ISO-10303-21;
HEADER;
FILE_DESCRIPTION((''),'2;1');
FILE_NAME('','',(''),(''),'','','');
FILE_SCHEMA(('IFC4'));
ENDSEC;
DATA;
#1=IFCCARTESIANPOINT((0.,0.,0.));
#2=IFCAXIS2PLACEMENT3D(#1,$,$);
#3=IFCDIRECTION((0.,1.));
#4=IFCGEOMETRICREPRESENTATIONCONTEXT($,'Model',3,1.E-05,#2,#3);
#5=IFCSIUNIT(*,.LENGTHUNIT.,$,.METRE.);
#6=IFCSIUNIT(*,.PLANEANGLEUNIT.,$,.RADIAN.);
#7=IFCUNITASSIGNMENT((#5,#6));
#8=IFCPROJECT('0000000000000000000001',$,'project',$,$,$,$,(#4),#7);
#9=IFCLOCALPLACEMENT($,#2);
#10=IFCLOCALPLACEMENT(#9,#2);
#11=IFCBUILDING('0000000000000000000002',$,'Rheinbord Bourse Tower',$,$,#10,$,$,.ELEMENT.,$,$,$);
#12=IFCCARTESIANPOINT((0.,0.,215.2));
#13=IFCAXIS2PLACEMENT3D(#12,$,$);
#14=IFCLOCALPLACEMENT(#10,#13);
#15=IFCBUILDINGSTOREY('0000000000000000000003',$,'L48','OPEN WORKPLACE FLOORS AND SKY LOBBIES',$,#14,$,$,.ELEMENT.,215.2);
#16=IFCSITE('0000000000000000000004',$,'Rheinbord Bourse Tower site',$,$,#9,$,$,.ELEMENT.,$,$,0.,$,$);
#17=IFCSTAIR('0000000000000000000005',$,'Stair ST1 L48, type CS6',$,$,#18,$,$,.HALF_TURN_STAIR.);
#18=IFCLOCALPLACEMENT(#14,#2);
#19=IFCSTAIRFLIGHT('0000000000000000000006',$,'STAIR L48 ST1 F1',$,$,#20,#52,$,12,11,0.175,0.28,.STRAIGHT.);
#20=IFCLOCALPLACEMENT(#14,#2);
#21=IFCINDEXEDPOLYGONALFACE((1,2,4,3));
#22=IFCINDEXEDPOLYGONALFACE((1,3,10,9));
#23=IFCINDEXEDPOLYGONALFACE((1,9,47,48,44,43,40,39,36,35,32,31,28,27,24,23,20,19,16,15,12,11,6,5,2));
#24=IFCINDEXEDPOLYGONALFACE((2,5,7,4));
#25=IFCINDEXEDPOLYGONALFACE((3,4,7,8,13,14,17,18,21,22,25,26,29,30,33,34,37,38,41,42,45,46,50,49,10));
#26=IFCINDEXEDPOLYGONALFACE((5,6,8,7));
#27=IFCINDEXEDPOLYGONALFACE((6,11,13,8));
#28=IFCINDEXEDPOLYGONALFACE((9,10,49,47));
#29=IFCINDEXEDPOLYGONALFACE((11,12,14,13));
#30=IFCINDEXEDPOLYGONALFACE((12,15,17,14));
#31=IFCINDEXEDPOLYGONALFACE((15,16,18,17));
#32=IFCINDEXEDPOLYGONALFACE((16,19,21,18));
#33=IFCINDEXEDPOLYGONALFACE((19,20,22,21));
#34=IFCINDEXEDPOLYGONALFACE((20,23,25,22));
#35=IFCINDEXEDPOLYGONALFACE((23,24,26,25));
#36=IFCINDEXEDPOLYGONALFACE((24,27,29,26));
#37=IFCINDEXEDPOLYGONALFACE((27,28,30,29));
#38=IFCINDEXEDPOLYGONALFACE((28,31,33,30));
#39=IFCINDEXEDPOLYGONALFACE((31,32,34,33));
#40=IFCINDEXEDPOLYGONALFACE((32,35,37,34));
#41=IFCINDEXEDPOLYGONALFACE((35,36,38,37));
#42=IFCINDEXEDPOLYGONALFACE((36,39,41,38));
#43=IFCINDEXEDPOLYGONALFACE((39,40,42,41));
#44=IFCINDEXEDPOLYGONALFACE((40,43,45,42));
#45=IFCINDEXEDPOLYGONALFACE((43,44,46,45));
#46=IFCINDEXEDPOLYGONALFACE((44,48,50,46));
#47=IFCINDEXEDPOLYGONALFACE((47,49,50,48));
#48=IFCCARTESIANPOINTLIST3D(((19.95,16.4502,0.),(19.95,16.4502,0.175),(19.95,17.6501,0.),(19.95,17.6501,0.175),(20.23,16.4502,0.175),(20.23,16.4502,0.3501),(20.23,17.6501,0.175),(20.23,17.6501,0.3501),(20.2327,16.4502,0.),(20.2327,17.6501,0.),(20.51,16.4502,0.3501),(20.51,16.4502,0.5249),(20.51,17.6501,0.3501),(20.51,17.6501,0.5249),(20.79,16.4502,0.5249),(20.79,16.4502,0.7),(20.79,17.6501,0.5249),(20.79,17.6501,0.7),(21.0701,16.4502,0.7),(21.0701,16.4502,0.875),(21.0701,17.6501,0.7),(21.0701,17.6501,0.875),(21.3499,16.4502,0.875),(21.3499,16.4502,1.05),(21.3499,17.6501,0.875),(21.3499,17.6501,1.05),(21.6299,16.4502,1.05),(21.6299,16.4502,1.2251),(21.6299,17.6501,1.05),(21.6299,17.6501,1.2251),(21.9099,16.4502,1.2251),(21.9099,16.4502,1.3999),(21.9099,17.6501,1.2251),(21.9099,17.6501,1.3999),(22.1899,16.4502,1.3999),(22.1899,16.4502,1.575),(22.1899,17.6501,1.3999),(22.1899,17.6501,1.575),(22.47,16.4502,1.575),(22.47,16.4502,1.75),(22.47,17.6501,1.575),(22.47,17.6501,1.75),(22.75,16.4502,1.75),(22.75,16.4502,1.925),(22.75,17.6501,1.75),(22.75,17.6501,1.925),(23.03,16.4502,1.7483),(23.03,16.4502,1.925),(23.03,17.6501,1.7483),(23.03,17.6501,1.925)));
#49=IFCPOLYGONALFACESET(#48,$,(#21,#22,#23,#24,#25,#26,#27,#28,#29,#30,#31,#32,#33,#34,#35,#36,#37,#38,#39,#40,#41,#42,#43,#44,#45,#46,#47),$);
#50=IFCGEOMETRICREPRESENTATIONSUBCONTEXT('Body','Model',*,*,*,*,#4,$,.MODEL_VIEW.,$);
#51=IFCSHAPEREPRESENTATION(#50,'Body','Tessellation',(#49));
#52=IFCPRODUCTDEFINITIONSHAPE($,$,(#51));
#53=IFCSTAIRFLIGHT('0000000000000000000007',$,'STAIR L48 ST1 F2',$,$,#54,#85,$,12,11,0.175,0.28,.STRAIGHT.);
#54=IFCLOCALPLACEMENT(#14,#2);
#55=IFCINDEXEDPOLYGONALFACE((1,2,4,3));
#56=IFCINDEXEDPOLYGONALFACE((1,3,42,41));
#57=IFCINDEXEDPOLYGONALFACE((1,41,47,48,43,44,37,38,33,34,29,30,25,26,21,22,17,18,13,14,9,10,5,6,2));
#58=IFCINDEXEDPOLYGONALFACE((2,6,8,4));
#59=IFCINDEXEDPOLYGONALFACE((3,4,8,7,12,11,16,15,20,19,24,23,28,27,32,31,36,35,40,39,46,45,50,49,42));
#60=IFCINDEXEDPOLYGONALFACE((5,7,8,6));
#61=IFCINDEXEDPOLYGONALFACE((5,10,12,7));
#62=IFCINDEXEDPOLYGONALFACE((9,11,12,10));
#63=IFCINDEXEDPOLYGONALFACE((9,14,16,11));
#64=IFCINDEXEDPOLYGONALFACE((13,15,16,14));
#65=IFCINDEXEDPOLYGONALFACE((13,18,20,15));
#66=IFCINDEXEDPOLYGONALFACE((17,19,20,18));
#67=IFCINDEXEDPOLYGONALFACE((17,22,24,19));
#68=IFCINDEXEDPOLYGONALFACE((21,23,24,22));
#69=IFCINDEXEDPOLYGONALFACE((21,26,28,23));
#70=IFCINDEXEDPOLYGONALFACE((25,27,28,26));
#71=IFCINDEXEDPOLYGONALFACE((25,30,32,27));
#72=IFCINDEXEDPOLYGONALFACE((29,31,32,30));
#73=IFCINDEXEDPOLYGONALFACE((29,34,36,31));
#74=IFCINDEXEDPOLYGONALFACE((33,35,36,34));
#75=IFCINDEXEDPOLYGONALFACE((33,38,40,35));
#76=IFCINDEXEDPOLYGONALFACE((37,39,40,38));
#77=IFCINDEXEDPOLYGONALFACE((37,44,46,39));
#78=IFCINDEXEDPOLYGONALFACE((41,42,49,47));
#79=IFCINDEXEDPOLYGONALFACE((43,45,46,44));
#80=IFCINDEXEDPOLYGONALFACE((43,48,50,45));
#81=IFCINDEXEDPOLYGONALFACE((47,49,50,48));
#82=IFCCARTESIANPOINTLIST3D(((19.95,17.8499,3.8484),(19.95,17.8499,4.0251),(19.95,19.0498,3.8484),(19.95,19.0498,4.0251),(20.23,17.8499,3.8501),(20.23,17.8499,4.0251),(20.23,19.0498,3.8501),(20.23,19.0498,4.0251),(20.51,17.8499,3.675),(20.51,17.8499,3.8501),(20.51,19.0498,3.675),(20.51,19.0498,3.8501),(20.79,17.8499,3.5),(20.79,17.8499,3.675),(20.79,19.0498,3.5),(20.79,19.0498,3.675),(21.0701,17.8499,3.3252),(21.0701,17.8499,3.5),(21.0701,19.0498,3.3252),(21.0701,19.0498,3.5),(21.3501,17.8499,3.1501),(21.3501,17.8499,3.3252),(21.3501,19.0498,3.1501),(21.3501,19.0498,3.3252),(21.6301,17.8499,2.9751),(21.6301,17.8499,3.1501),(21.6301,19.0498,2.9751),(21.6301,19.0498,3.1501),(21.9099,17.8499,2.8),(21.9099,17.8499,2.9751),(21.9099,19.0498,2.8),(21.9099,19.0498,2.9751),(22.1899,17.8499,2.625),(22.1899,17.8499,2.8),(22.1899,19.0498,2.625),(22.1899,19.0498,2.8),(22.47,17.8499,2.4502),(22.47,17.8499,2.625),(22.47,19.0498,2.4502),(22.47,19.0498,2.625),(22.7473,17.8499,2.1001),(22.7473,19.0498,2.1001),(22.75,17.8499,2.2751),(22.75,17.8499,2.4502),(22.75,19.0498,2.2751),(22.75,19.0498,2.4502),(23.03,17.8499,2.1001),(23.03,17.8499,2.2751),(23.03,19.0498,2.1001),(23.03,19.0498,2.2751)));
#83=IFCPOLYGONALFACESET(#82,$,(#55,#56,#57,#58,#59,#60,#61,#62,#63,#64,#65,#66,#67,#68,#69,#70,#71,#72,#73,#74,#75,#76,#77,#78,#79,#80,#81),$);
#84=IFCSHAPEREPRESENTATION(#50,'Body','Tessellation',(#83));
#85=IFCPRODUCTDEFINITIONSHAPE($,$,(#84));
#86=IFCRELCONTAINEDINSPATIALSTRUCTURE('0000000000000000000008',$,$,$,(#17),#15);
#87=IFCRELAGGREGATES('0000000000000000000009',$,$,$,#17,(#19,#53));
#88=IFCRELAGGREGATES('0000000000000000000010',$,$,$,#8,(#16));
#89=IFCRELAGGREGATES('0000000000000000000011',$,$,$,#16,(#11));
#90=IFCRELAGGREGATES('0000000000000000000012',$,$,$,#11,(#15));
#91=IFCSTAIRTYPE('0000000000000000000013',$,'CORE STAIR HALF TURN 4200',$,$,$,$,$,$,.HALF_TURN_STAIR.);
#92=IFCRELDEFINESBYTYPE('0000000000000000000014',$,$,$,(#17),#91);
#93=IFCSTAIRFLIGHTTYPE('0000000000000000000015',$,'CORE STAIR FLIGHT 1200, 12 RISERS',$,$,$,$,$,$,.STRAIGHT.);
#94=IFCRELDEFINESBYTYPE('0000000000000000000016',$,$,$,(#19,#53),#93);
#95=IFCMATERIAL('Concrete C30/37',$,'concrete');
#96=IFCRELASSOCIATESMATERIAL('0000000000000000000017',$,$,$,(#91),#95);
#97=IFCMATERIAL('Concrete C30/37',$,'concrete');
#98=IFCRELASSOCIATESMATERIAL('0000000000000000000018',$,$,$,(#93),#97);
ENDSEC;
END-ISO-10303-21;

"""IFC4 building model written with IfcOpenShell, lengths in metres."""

from ifc_helpers import new_model, si_unit, direction, frame, origin, place, context, subcontext, project, spatial, polyline, outline, extrude, material, type_object, element, aggregate, save


model = new_model("IFC4")

# Units and contexts
model_context = context("Model", 3, precision=1e-05, world=origin(), true_north=direction((0.0, 1.0)))
body_context = subcontext(model_context, "Body", "Model", "MODEL_VIEW")
ifc_project = project(units=[si_unit("LENGTHUNIT", "METRE"), si_unit("PLANEANGLEUNIT", "RADIAN")], contexts=[model_context])

# Site, building, storey
site_placement = place(None, origin())
site = spatial("IfcSite", under=ifc_project, at=site_placement, Name="Rheinbord Bourse Tower site", CompositionType="ELEMENT", RefElevation=0.0)
building_placement = place(site_placement, origin())
building = spatial("IfcBuilding", under=site, at=building_placement, Name="Rheinbord Bourse Tower", CompositionType="ELEMENT")
storey_placement = place(building_placement, frame((0.0, 0.0, 215.2)))
storey = spatial("IfcBuildingStorey", under=building, at=storey_placement, Name="L48", Description="OPEN WORKPLACE FLOORS AND SKY LOBBIES", CompositionType="ELEMENT", Elevation=215.2)

# Stair, stair flights
ifc_material_1 = material(Name="Concrete C30/37", Category="concrete")
stair_type = type_object("IfcStairType", Name="CORE STAIR HALF TURN 4200", PredefinedType="HALF_TURN_STAIR", material=ifc_material_1)
stair_placement = place(storey_placement, origin())
stair = element("IfcStair", 1, at=stair_placement, inside=storey, type_object=stair_type, Name="Stair ST1 L48, type CS6", PredefinedType="HALF_TURN_STAIR")
ifc_material_2 = material(Name="Concrete C30/37", Category="concrete")
stair_flight_type = type_object("IfcStairFlightType", Name="CORE STAIR FLIGHT 1200, 12 RISERS", PredefinedType="STRAIGHT", material=ifc_material_2)
stair_flight_1_placement = place(storey_placement, frame((19.95, 17.05, 0.0), z_axis=(0.0, 0.0, 1.0), x_axis=(1.0, 0.0, 0.0)))
stair_flight_1 = element("IfcStairFlight", 2, at=stair_flight_1_placement, type_object=stair_flight_type, Name="STAIR L48 ST1 F1", NumberOfRisers=12, NumberOfTreads=11, PredefinedType="STRAIGHT", RiserHeight=0.175, TreadLength=0.28, context=body_context, shape_type="SweptSolid", body=[
    extrude(outline(polyline([(0.0, 0.0), (0.0, 0.175), (0.28, 0.175), (0.28, 0.3501), (0.5601, 0.3501), (0.5601, 0.5249), (0.8401, 0.5249), (0.8401, 0.7), (1.1201, 0.7), (1.1201, 0.875), (1.3999, 0.875), (1.3999, 1.05), (1.6799, 1.05), (1.6799, 1.2251), (1.96, 1.2251), (1.96, 1.3999), (2.24, 1.3999), (2.24, 1.575), (2.52, 1.575), (2.52, 1.75), (2.8, 1.75), (2.8, 1.925), (3.0801, 1.925), (3.0801, 2.1001), (3.0801, 1.7483), (0.2827, 0.0), (0.0, 0.0)])), frame((0.0, 0.6001, 0.0), z_axis=(0.0, -1.0, 0.0), x_axis=(1.0, 0.0, 0.0)), (0.0, 0.0, 1.0), 1.2),
])
stair_flight_2_placement = place(storey_placement, frame((23.03, 18.45, 2.1001), z_axis=(0.0, 0.0, 1.0), x_axis=(-1.0, 0.0, 0.0)))
stair_flight_2 = element("IfcStairFlight", 3, at=stair_flight_2_placement, type_object=stair_flight_type, Name="STAIR L48 ST1 F2", NumberOfRisers=12, NumberOfTreads=11, PredefinedType="STRAIGHT", RiserHeight=0.175, TreadLength=0.28, context=body_context, shape_type="SweptSolid", body=[
    extrude(outline(polyline([(0.0, 0.0), (0.0, 0.175), (0.28, 0.175), (0.28, 0.3501), (0.5601, 0.3501), (0.5601, 0.5249), (0.8401, 0.5249), (0.8401, 0.7), (1.1201, 0.7), (1.1201, 0.875), (1.3999, 0.875), (1.3999, 1.05), (1.6799, 1.05), (1.6799, 1.2251), (1.96, 1.2251), (1.96, 1.3999), (2.24, 1.3999), (2.24, 1.575), (2.52, 1.575), (2.52, 1.75), (2.8, 1.75), (2.8, 1.925), (3.0801, 1.925), (3.0801, 2.1001), (3.0801, 1.7483), (0.2827, 0.0), (0.0, 0.0)])), frame((0.0, 0.6001, 0.0), z_axis=(0.0, -1.0, 0.0), x_axis=(1.0, 0.0, 0.0)), (0.0, 0.0, 1.0), 1.2),
])
aggregate(stair, [stair_flight_1, stair_flight_2])

save(model, "model.ifc")
